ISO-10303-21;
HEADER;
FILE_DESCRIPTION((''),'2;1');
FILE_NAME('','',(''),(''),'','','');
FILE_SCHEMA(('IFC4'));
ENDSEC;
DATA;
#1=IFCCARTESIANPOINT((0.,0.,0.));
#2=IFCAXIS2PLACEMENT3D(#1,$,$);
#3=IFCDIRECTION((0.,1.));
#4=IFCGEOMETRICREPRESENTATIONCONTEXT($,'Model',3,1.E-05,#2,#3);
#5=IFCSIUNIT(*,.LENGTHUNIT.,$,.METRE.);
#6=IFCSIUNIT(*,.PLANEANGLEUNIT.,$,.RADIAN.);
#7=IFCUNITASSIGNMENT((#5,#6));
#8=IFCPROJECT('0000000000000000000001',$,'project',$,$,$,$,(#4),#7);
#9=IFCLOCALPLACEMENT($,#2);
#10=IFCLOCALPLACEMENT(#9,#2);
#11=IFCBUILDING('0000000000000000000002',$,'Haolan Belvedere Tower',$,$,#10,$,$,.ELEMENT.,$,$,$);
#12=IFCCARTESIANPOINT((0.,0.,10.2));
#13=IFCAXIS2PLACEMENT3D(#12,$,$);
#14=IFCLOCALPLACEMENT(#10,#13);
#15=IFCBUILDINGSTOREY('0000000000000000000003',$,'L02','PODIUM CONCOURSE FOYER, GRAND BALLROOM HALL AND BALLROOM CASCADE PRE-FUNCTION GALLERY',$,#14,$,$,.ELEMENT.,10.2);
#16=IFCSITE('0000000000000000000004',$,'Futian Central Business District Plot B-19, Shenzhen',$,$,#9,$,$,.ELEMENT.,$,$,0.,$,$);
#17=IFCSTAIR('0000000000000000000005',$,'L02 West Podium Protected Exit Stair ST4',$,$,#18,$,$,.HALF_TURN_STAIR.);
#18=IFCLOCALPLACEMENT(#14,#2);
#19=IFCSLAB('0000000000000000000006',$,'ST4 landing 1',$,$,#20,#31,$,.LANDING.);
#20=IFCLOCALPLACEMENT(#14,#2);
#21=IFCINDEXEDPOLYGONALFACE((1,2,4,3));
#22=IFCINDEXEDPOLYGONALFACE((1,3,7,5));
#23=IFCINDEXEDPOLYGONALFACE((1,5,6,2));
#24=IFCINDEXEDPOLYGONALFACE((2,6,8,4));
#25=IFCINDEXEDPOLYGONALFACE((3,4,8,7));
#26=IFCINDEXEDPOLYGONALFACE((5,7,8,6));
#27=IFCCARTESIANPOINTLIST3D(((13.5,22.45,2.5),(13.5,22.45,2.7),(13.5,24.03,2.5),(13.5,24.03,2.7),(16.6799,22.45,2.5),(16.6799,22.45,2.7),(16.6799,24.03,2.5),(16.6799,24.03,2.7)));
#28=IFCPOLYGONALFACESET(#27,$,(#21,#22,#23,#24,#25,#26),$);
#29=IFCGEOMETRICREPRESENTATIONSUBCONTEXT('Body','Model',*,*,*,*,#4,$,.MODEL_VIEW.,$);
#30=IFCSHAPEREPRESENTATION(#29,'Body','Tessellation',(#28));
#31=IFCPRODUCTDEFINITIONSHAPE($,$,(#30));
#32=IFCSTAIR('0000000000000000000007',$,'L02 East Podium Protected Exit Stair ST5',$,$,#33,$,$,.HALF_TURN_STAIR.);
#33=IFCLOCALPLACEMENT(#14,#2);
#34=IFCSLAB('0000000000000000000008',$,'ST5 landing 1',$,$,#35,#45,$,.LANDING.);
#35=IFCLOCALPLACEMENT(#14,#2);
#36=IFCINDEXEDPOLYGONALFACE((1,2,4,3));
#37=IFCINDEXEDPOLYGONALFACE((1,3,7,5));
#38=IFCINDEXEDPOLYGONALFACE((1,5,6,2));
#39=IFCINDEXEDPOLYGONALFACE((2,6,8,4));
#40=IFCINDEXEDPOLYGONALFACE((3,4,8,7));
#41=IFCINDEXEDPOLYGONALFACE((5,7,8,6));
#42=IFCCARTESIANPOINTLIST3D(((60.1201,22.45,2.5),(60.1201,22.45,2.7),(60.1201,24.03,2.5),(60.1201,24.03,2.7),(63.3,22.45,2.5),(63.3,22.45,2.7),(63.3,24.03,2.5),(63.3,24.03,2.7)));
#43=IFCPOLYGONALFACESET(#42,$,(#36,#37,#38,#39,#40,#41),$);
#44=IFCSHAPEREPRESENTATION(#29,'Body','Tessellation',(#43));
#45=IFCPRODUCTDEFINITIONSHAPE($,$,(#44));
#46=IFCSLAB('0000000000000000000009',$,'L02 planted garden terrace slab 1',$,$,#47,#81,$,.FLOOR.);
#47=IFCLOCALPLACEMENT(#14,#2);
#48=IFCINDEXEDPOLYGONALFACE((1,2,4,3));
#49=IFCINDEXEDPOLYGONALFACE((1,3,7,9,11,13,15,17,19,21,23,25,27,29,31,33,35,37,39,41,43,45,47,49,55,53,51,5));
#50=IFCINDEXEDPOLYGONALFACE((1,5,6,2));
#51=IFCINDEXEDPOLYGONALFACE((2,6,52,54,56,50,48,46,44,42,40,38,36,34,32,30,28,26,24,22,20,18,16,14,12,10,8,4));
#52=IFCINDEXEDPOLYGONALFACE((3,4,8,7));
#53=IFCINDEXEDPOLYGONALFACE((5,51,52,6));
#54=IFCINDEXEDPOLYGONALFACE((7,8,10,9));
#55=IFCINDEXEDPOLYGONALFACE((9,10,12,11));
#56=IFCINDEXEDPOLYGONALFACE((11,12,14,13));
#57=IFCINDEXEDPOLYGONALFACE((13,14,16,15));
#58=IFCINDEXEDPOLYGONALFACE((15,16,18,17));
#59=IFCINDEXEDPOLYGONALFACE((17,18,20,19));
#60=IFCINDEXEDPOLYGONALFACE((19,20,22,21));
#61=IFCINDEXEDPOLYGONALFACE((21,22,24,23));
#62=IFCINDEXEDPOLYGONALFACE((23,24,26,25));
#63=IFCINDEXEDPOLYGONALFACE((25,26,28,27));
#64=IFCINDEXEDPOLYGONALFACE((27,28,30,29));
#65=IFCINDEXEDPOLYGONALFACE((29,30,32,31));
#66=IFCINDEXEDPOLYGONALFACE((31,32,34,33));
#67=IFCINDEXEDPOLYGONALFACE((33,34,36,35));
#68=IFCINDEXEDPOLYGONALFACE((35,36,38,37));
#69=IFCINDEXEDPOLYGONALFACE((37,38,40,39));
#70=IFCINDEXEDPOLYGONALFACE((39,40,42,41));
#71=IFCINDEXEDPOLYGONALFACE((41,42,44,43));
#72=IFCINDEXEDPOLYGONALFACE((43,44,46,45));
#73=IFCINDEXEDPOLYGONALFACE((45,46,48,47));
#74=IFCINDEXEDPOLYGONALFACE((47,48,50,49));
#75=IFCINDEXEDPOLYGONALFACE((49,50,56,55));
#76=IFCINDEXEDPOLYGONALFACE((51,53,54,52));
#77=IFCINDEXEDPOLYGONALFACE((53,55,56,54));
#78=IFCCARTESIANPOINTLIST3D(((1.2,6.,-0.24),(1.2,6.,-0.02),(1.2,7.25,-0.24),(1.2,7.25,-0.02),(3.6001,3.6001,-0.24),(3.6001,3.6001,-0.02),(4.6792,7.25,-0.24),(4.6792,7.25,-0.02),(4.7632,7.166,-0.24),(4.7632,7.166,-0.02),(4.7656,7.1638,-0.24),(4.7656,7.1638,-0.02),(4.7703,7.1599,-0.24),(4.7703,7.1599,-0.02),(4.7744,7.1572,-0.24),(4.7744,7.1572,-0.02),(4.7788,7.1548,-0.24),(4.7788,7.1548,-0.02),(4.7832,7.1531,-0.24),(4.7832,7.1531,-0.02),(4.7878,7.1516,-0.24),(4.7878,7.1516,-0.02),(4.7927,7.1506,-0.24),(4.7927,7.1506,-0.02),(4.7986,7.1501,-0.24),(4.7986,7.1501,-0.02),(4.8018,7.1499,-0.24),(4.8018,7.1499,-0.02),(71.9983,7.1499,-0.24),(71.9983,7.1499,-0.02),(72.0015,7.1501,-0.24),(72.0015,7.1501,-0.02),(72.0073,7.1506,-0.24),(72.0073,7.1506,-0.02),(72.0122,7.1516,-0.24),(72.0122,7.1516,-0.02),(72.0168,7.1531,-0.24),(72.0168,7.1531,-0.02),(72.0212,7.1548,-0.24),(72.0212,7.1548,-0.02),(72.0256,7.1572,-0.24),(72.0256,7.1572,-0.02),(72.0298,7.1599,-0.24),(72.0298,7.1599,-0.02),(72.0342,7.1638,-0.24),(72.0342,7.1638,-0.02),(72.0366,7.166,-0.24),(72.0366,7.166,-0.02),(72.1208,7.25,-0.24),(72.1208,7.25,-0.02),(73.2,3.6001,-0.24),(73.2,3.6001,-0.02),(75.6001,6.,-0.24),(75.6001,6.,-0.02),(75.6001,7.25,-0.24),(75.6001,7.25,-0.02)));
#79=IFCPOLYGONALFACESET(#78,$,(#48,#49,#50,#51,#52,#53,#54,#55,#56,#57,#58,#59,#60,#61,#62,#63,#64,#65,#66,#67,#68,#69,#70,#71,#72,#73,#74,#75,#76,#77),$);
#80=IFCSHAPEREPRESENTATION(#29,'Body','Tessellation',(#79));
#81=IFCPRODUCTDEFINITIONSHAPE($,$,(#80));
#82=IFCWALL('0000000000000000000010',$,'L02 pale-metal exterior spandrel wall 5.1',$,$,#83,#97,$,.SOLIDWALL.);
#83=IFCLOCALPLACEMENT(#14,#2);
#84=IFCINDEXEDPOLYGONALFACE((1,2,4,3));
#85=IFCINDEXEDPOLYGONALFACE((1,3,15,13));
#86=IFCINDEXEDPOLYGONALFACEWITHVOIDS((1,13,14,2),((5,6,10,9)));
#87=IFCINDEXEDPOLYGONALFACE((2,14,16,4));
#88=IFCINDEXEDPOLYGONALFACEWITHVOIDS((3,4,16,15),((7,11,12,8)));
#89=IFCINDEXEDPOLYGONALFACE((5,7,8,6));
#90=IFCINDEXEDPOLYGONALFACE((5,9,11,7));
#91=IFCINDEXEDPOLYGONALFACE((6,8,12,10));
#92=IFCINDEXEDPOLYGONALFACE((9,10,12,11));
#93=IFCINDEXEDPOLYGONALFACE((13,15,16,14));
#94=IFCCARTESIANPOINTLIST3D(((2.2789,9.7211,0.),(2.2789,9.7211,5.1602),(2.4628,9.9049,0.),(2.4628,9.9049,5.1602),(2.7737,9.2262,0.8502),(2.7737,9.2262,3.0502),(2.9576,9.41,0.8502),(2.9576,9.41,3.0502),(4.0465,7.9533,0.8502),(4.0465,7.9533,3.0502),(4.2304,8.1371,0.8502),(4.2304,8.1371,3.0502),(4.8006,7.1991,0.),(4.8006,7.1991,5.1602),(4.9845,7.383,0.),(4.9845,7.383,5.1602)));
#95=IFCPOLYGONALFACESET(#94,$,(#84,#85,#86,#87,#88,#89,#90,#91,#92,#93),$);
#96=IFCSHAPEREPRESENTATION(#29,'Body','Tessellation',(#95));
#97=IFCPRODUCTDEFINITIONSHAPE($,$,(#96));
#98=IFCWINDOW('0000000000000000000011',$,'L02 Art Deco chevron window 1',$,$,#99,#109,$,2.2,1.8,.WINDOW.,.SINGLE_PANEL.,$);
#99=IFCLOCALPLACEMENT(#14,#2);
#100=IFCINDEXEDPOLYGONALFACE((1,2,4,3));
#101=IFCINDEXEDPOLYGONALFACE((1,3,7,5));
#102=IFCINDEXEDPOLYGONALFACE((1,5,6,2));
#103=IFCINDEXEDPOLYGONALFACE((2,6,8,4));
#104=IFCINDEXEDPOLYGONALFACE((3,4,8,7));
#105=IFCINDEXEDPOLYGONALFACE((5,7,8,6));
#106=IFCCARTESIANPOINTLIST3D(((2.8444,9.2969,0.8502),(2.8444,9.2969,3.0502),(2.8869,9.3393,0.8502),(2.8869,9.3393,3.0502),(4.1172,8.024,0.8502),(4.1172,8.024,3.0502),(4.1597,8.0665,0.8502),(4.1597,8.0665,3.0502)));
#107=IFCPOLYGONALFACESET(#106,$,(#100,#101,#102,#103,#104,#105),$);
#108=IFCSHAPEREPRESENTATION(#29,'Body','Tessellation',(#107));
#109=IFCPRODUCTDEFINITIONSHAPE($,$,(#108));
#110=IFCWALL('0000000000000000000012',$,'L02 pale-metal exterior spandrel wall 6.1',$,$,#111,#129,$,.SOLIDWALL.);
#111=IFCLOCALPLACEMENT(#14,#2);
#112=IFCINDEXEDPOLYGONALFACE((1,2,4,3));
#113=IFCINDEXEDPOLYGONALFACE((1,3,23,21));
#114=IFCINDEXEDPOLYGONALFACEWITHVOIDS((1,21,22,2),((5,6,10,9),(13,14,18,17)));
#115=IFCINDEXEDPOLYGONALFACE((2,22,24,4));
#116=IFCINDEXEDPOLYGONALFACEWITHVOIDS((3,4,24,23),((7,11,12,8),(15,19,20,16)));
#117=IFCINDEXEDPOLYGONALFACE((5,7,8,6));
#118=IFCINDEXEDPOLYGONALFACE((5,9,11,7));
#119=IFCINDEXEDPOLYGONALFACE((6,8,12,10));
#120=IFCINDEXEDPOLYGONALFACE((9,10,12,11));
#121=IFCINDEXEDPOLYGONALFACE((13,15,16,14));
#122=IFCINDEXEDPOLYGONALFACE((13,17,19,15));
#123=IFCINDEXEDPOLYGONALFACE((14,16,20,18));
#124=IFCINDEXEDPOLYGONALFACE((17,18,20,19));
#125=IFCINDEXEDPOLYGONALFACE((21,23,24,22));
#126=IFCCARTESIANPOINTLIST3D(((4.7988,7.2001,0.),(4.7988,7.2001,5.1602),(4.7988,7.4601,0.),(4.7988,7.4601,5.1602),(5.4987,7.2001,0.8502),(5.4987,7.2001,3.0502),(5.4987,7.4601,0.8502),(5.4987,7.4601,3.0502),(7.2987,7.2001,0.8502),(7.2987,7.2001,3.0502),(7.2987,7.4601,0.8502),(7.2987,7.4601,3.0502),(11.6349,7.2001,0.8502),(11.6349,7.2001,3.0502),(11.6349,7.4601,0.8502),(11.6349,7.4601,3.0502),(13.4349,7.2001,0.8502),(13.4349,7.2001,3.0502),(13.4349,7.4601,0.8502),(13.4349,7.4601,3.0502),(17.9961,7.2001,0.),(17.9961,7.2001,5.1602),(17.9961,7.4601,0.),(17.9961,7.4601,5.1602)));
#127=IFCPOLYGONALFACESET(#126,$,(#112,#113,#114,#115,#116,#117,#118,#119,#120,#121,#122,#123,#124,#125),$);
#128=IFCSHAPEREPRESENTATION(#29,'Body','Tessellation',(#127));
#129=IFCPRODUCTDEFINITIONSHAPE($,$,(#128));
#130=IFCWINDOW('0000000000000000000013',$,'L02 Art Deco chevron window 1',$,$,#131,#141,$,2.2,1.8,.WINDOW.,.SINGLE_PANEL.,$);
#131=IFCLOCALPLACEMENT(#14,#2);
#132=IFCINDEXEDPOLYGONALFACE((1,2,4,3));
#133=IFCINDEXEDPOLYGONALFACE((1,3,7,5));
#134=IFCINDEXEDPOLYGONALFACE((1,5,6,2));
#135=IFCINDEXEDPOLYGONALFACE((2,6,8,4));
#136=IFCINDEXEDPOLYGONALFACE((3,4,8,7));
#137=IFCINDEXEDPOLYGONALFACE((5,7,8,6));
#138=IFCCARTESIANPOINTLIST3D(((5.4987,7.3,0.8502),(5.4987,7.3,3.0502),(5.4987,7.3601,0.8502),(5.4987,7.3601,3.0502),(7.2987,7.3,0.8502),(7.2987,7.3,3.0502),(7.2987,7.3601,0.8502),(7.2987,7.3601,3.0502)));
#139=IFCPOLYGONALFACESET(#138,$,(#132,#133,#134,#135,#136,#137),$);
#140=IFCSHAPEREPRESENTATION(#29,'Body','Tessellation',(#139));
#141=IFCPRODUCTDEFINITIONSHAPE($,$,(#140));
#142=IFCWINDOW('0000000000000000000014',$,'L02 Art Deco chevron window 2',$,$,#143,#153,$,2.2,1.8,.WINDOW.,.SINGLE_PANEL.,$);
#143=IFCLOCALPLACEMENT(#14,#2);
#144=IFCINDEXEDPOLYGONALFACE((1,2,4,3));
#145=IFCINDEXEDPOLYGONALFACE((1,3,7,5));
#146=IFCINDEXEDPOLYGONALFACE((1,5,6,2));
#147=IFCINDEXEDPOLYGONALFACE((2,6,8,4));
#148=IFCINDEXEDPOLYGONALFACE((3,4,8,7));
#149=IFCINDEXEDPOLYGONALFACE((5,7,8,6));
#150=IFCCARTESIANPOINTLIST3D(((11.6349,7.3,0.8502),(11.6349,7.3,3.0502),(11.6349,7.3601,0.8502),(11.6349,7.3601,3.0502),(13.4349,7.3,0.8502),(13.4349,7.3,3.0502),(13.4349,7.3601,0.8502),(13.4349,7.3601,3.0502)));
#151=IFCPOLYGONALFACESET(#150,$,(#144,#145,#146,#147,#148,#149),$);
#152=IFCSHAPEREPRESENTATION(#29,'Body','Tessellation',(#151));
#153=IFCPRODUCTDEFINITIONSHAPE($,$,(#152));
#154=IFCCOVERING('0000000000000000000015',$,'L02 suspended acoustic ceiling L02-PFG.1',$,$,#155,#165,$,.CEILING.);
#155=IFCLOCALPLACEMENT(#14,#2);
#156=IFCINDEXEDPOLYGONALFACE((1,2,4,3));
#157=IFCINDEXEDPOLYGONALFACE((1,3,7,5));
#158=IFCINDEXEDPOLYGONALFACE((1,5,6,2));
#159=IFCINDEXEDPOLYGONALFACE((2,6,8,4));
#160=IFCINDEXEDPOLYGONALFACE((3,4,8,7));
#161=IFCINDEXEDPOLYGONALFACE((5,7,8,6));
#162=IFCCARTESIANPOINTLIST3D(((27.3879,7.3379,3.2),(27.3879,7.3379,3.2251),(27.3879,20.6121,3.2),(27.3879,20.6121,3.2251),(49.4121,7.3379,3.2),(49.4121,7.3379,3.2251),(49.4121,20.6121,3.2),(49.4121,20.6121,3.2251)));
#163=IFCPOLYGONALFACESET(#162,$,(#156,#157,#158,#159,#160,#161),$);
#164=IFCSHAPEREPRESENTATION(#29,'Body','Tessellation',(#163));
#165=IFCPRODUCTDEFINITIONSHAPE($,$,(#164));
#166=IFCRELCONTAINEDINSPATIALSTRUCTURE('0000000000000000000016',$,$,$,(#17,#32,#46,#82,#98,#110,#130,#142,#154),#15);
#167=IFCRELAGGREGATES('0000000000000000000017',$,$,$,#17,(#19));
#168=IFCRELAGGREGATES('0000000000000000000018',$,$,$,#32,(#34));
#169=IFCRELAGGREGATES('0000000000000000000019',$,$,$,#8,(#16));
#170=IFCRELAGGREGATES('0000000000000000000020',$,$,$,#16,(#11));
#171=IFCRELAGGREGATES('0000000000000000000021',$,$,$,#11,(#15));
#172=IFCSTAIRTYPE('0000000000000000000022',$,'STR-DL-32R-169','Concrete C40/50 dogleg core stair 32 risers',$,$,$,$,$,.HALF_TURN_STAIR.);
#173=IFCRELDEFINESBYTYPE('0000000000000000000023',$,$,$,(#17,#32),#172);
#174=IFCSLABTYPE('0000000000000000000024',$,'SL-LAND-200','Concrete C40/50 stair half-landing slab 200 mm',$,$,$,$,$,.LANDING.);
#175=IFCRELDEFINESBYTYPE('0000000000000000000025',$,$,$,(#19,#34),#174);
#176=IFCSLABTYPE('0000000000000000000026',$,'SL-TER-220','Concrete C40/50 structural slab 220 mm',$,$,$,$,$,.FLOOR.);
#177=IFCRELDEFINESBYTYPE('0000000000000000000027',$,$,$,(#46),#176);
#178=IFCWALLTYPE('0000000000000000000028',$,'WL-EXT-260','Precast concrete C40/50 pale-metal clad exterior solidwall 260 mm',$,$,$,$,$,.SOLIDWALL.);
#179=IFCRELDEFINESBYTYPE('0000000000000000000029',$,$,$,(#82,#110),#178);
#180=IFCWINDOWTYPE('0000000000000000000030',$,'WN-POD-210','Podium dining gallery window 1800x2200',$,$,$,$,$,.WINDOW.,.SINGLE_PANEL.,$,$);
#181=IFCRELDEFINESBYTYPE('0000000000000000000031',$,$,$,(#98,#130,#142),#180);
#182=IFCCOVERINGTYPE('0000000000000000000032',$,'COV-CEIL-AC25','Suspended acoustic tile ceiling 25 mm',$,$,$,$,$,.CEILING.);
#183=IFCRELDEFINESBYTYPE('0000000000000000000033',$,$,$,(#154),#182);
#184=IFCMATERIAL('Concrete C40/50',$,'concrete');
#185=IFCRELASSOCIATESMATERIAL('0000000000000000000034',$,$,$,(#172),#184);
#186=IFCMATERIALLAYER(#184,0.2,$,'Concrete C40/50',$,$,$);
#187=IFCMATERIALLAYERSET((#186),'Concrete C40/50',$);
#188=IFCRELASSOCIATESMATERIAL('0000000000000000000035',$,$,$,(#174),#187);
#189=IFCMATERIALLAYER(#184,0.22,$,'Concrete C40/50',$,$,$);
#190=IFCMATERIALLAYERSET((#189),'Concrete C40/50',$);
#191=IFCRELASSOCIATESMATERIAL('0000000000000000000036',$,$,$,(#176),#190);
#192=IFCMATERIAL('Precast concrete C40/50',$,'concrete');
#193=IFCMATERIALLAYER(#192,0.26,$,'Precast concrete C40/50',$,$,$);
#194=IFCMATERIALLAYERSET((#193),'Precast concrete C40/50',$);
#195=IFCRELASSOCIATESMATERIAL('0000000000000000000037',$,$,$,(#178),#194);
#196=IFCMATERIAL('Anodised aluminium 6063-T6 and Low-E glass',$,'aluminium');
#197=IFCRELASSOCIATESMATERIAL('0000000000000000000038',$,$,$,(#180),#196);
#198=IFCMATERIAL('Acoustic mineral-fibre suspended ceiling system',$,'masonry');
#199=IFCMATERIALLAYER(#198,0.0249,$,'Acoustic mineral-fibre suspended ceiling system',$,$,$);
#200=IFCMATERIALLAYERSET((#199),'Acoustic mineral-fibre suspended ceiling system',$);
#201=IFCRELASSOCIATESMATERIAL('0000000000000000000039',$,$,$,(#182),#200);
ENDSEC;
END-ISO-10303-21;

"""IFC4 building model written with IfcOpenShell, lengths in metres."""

from ifc_helpers import new_model, si_unit, direction, frame, frame_2d, origin, place, context, subcontext, project, spatial, polyline, rectangle, outline, extrude, material, layer, layer_set, type_object, element, fill, aggregate, save


model = new_model("IFC4")

# Units and contexts
model_context = context("Model", 3, precision=1e-05, world=origin(), true_north=direction((0.0, 1.0)))
body_context = subcontext(model_context, "Body", "Model", "MODEL_VIEW")
ifc_project = project(units=[si_unit("LENGTHUNIT", "METRE"), si_unit("PLANEANGLEUNIT", "RADIAN")], contexts=[model_context])

# Site, building, storey
site_placement = place(None, origin())
site = spatial("IfcSite", under=ifc_project, at=site_placement, Name="Futian Central Business District Plot B-19, Shenzhen", CompositionType="ELEMENT", RefElevation=0.0)
building_placement = place(site_placement, origin())
building = spatial("IfcBuilding", under=site, at=building_placement, Name="Haolan Belvedere Tower", CompositionType="ELEMENT")
storey_placement = place(building_placement, frame((0.0, 0.0, 10.2)))
storey = spatial("IfcBuildingStorey", under=building, at=storey_placement, Name="L02", Description="PODIUM CONCOURSE FOYER, GRAND BALLROOM HALL AND BALLROOM CASCADE PRE-FUNCTION GALLERY", CompositionType="ELEMENT", Elevation=10.2)

# Shared definitions
ifc_material_1 = material(Name="Concrete C40/50", Category="concrete")

# Stairs, slabs
stair_type = type_object("IfcStairType", Name="STR-DL-32R-169", Description="Concrete C40/50 dogleg core stair 32 risers", PredefinedType="HALF_TURN_STAIR", material=ifc_material_1)
ifc_layer_1 = layer(ifc_material_1, 0.2, Name="Concrete C40/50")
ifc_layer_set_1 = layer_set([ifc_layer_1], Name="Concrete C40/50")
slab_type_1 = type_object("IfcSlabType", Name="SL-LAND-200", Description="Concrete C40/50 stair half-landing slab 200 mm", PredefinedType="LANDING", material=ifc_layer_set_1)
stair_1_placement = place(storey_placement, origin())
stair_1 = element("IfcStair", 1, at=stair_1_placement, inside=storey, type_object=stair_type, Name="L02 West Podium Protected Exit Stair ST4", PredefinedType="HALF_TURN_STAIR")
slab_1_placement = place(storey_placement, frame((0.0, 0.0, 2.5)))
slab_1 = element("IfcSlab", 2, at=slab_1_placement, type_object=slab_type_1, Name="ST4 landing 1", PredefinedType="LANDING", context=body_context, shape_type="SweptSolid", body=[
    extrude(outline(polyline([(13.5, 24.03), (13.5, 22.45), (16.6799, 22.45), (16.6799, 24.03), (13.5, 24.03)])), origin(), (0.0, 0.0, 1.0), 0.2),
])
aggregate(stair_1, [slab_1])
stair_2_placement = place(storey_placement, origin())
stair_2 = element("IfcStair", 3, at=stair_2_placement, inside=storey, type_object=stair_type, Name="L02 East Podium Protected Exit Stair ST5", PredefinedType="HALF_TURN_STAIR")
slab_2_placement = place(storey_placement, frame((0.0, 0.0, 2.5)))
slab_2 = element("IfcSlab", 4, at=slab_2_placement, type_object=slab_type_1, Name="ST5 landing 1", PredefinedType="LANDING", context=body_context, shape_type="SweptSolid", body=[
    extrude(outline(polyline([(60.1201, 24.03), (60.1201, 22.45), (63.3, 22.45), (63.3, 24.03), (60.1201, 24.03)])), origin(), (0.0, 0.0, 1.0), 0.2),
])
aggregate(stair_2, [slab_2])

# Slab
ifc_layer_2 = layer(ifc_material_1, 0.22, Name="Concrete C40/50")
ifc_layer_set_2 = layer_set([ifc_layer_2], Name="Concrete C40/50")
slab_type_2 = type_object("IfcSlabType", Name="SL-TER-220", Description="Concrete C40/50 structural slab 220 mm", PredefinedType="FLOOR", material=ifc_layer_set_2)
slab_3_placement = place(storey_placement, frame((0.0, 0.0, -0.24)))
element("IfcSlab", 5, at=slab_3_placement, inside=storey, type_object=slab_type_2, Name="L02 planted garden terrace slab 1", PredefinedType="FLOOR", context=body_context, shape_type="SweptSolid", body=[
    extrude(outline(polyline([(75.6001, 7.25), (72.1208, 7.25), (72.0366, 7.166), (72.0342, 7.1638), (72.0298, 7.1599), (72.0256, 7.1572), (72.0212, 7.1548), (72.0168, 7.1531), (72.0122, 7.1516), (72.0073, 7.1506), (72.0015, 7.1501), (71.9983, 7.1499), (4.8018, 7.1499), (4.7986, 7.1501), (4.7927, 7.1506), (4.7878, 7.1516), (4.7832, 7.1531), (4.7788, 7.1548), (4.7744, 7.1572), (4.7703, 7.1599), (4.7656, 7.1638), (4.7632, 7.166), (4.6792, 7.25), (1.2, 7.25), (1.2, 6.0), (3.6001, 3.6001), (73.2, 3.6001), (75.6001, 6.0), (75.6001, 7.25)])), origin(), (0.0, 0.0, 1.0), 0.22),
])

# Wall, opening, window
ifc_material_2 = material(Name="Precast concrete C40/50", Category="concrete")
ifc_layer_3 = layer(ifc_material_2, 0.26, Name="Precast concrete C40/50")
ifc_layer_set_3 = layer_set([ifc_layer_3], Name="Precast concrete C40/50")
wall_type = type_object("IfcWallType", Name="WL-EXT-260", Description="Precast concrete C40/50 pale-metal clad exterior solidwall 260 mm", PredefinedType="SOLIDWALL", material=ifc_layer_set_3)
wall_1_placement = place(storey_placement, frame((2.3708, 9.813, 0.0), z_axis=(0.0, 0.0, 1.0), x_axis=(0.707073, -0.707141, 0.0)))
wall_1 = element("IfcWall", 6, at=wall_1_placement, inside=storey, type_object=wall_type, Name="L02 pale-metal exterior spandrel wall 5.1", PredefinedType="SOLIDWALL", context=body_context, shape_type="SweptSolid", body=[
    extrude(rectangle(XDim=3.5664, YDim=0.26, at=frame_2d((1.7832, 0.0))), origin(), (0.0, 0.0, 1.0), 5.1602),
])
opening_1_placement = place(wall_1_placement, frame((0.7, 0.0, 0.8501)))
opening_1 = element("IfcOpeningElement", 7, at=opening_1_placement, cuts=wall_1, PredefinedType="OPENING", context=body_context, shape_type="SweptSolid", body=[
    extrude(rectangle(XDim=1.8, YDim=2.2, at=frame_2d((0.8999, 1.1001))), frame((0.0, 0.1399, 0.0), z_axis=(0.0, -1.0, 0.0), x_axis=(1.0, 0.0, 0.0)), (0.0, 0.0, 1.0), 0.28),
])
ifc_material_3 = material(Name="Anodised aluminium 6063-T6 and Low-E glass", Category="aluminium")
window_type = type_object("IfcWindowType", Name="WN-POD-210", Description="Podium dining gallery window 1800x2200", PartitioningType="SINGLE_PANEL", PredefinedType="WINDOW", material=ifc_material_3)
window_1_placement = place(opening_1_placement, origin())
window_1 = element("IfcWindow", 8, at=window_1_placement, inside=storey, type_object=window_type, Name="L02 Art Deco chevron window 1", OverallHeight=2.2, OverallWidth=1.8, PartitioningType="SINGLE_PANEL", PredefinedType="WINDOW", context=body_context, shape_type="SweptSolid", body=[
    extrude(rectangle(XDim=1.8, YDim=2.2, at=frame_2d((0.8999, 1.1001))), frame((0.0, 0.03, 0.0), z_axis=(0.0, -1.0, 0.0), x_axis=(1.0, 0.0, 0.0)), (0.0, 0.0, 1.0), 0.0601),
])
fill(opening_1, window_1)

# Wall, openings, windows
wall_2_placement = place(storey_placement, frame((4.7988, 7.3301, 0.0), z_axis=(0.0, 0.0, 1.0), x_axis=(1.0, 0.0, 0.0)))
wall_2 = element("IfcWall", 9, at=wall_2_placement, inside=storey, type_object=wall_type, Name="L02 pale-metal exterior spandrel wall 6.1", PredefinedType="SOLIDWALL", context=body_context, shape_type="SweptSolid", body=[
    extrude(rectangle(XDim=13.1973, YDim=0.26, at=frame_2d((6.5986, 0.0))), origin(), (0.0, 0.0, 1.0), 5.1602),
])
opening_2_placement = place(wall_2_placement, frame((0.7, 0.0, 0.8501)))
opening_2 = element("IfcOpeningElement", 10, at=opening_2_placement, cuts=wall_2, PredefinedType="OPENING", context=body_context, shape_type="SweptSolid", body=[
    extrude(rectangle(XDim=1.8, YDim=2.2, at=frame_2d((0.8999, 1.1001))), frame((0.0, 0.1399, 0.0), z_axis=(0.0, -1.0, 0.0), x_axis=(1.0, 0.0, 0.0)), (0.0, 0.0, 1.0), 0.28),
])
opening_3_placement = place(wall_2_placement, frame((6.8362, 0.0, 0.8501)))
opening_3 = element("IfcOpeningElement", 11, at=opening_3_placement, cuts=wall_2, PredefinedType="OPENING", context=body_context, shape_type="SweptSolid", body=[
    extrude(rectangle(XDim=1.8, YDim=2.2, at=frame_2d((0.8999, 1.1001))), frame((0.0, 0.1399, 0.0), z_axis=(0.0, -1.0, 0.0), x_axis=(1.0, 0.0, 0.0)), (0.0, 0.0, 1.0), 0.28),
])
window_2_placement = place(opening_2_placement, origin())
window_2 = element("IfcWindow", 12, at=window_2_placement, inside=storey, type_object=window_type, Name="L02 Art Deco chevron window 1", OverallHeight=2.2, OverallWidth=1.8, PartitioningType="SINGLE_PANEL", PredefinedType="WINDOW", context=body_context, shape_type="SweptSolid", body=[
    extrude(rectangle(XDim=1.8, YDim=2.2, at=frame_2d((0.8999, 1.1001))), frame((0.0, 0.03, 0.0), z_axis=(0.0, -1.0, 0.0), x_axis=(1.0, 0.0, 0.0)), (0.0, 0.0, 1.0), 0.0601),
])
fill(opening_2, window_2)
window_3_placement = place(opening_3_placement, origin())
window_3 = element("IfcWindow", 13, at=window_3_placement, inside=storey, type_object=window_type, Name="L02 Art Deco chevron window 2", OverallHeight=2.2, OverallWidth=1.8, PartitioningType="SINGLE_PANEL", PredefinedType="WINDOW", context=body_context, shape_type="SweptSolid", body=[
    extrude(rectangle(XDim=1.8, YDim=2.2, at=frame_2d((0.8999, 1.1001))), frame((0.0, 0.03, 0.0), z_axis=(0.0, -1.0, 0.0), x_axis=(1.0, 0.0, 0.0)), (0.0, 0.0, 1.0), 0.0601),
])
fill(opening_3, window_3)

# Covering
ifc_material_4 = material(Name="Acoustic mineral-fibre suspended ceiling system", Category="masonry")
ifc_layer_4 = layer(ifc_material_4, 0.0249, Name="Acoustic mineral-fibre suspended ceiling system")
ifc_layer_set_4 = layer_set([ifc_layer_4], Name="Acoustic mineral-fibre suspended ceiling system")
covering_type_1 = type_object("IfcCoveringType", Name="COV-CEIL-AC25", Description="Suspended acoustic tile ceiling 25 mm", PredefinedType="CEILING", material=ifc_layer_set_4)
covering_1_placement = place(storey_placement, frame((0.0, 0.0, 3.2)))
element("IfcCovering", 14, at=covering_1_placement, inside=storey, type_object=covering_type_1, Name="L02 suspended acoustic ceiling L02-PFG.1", PredefinedType="CEILING", context=body_context, shape_type="SweptSolid", body=[
    extrude(outline(polyline([(49.4121, 7.3379), (49.4121, 20.6121), (27.3879, 20.6121), (27.3879, 7.3379), (49.4121, 7.3379)])), origin(), (0.0, 0.0, 1.0), 0.0251),
])

save(model, "model.ifc")
